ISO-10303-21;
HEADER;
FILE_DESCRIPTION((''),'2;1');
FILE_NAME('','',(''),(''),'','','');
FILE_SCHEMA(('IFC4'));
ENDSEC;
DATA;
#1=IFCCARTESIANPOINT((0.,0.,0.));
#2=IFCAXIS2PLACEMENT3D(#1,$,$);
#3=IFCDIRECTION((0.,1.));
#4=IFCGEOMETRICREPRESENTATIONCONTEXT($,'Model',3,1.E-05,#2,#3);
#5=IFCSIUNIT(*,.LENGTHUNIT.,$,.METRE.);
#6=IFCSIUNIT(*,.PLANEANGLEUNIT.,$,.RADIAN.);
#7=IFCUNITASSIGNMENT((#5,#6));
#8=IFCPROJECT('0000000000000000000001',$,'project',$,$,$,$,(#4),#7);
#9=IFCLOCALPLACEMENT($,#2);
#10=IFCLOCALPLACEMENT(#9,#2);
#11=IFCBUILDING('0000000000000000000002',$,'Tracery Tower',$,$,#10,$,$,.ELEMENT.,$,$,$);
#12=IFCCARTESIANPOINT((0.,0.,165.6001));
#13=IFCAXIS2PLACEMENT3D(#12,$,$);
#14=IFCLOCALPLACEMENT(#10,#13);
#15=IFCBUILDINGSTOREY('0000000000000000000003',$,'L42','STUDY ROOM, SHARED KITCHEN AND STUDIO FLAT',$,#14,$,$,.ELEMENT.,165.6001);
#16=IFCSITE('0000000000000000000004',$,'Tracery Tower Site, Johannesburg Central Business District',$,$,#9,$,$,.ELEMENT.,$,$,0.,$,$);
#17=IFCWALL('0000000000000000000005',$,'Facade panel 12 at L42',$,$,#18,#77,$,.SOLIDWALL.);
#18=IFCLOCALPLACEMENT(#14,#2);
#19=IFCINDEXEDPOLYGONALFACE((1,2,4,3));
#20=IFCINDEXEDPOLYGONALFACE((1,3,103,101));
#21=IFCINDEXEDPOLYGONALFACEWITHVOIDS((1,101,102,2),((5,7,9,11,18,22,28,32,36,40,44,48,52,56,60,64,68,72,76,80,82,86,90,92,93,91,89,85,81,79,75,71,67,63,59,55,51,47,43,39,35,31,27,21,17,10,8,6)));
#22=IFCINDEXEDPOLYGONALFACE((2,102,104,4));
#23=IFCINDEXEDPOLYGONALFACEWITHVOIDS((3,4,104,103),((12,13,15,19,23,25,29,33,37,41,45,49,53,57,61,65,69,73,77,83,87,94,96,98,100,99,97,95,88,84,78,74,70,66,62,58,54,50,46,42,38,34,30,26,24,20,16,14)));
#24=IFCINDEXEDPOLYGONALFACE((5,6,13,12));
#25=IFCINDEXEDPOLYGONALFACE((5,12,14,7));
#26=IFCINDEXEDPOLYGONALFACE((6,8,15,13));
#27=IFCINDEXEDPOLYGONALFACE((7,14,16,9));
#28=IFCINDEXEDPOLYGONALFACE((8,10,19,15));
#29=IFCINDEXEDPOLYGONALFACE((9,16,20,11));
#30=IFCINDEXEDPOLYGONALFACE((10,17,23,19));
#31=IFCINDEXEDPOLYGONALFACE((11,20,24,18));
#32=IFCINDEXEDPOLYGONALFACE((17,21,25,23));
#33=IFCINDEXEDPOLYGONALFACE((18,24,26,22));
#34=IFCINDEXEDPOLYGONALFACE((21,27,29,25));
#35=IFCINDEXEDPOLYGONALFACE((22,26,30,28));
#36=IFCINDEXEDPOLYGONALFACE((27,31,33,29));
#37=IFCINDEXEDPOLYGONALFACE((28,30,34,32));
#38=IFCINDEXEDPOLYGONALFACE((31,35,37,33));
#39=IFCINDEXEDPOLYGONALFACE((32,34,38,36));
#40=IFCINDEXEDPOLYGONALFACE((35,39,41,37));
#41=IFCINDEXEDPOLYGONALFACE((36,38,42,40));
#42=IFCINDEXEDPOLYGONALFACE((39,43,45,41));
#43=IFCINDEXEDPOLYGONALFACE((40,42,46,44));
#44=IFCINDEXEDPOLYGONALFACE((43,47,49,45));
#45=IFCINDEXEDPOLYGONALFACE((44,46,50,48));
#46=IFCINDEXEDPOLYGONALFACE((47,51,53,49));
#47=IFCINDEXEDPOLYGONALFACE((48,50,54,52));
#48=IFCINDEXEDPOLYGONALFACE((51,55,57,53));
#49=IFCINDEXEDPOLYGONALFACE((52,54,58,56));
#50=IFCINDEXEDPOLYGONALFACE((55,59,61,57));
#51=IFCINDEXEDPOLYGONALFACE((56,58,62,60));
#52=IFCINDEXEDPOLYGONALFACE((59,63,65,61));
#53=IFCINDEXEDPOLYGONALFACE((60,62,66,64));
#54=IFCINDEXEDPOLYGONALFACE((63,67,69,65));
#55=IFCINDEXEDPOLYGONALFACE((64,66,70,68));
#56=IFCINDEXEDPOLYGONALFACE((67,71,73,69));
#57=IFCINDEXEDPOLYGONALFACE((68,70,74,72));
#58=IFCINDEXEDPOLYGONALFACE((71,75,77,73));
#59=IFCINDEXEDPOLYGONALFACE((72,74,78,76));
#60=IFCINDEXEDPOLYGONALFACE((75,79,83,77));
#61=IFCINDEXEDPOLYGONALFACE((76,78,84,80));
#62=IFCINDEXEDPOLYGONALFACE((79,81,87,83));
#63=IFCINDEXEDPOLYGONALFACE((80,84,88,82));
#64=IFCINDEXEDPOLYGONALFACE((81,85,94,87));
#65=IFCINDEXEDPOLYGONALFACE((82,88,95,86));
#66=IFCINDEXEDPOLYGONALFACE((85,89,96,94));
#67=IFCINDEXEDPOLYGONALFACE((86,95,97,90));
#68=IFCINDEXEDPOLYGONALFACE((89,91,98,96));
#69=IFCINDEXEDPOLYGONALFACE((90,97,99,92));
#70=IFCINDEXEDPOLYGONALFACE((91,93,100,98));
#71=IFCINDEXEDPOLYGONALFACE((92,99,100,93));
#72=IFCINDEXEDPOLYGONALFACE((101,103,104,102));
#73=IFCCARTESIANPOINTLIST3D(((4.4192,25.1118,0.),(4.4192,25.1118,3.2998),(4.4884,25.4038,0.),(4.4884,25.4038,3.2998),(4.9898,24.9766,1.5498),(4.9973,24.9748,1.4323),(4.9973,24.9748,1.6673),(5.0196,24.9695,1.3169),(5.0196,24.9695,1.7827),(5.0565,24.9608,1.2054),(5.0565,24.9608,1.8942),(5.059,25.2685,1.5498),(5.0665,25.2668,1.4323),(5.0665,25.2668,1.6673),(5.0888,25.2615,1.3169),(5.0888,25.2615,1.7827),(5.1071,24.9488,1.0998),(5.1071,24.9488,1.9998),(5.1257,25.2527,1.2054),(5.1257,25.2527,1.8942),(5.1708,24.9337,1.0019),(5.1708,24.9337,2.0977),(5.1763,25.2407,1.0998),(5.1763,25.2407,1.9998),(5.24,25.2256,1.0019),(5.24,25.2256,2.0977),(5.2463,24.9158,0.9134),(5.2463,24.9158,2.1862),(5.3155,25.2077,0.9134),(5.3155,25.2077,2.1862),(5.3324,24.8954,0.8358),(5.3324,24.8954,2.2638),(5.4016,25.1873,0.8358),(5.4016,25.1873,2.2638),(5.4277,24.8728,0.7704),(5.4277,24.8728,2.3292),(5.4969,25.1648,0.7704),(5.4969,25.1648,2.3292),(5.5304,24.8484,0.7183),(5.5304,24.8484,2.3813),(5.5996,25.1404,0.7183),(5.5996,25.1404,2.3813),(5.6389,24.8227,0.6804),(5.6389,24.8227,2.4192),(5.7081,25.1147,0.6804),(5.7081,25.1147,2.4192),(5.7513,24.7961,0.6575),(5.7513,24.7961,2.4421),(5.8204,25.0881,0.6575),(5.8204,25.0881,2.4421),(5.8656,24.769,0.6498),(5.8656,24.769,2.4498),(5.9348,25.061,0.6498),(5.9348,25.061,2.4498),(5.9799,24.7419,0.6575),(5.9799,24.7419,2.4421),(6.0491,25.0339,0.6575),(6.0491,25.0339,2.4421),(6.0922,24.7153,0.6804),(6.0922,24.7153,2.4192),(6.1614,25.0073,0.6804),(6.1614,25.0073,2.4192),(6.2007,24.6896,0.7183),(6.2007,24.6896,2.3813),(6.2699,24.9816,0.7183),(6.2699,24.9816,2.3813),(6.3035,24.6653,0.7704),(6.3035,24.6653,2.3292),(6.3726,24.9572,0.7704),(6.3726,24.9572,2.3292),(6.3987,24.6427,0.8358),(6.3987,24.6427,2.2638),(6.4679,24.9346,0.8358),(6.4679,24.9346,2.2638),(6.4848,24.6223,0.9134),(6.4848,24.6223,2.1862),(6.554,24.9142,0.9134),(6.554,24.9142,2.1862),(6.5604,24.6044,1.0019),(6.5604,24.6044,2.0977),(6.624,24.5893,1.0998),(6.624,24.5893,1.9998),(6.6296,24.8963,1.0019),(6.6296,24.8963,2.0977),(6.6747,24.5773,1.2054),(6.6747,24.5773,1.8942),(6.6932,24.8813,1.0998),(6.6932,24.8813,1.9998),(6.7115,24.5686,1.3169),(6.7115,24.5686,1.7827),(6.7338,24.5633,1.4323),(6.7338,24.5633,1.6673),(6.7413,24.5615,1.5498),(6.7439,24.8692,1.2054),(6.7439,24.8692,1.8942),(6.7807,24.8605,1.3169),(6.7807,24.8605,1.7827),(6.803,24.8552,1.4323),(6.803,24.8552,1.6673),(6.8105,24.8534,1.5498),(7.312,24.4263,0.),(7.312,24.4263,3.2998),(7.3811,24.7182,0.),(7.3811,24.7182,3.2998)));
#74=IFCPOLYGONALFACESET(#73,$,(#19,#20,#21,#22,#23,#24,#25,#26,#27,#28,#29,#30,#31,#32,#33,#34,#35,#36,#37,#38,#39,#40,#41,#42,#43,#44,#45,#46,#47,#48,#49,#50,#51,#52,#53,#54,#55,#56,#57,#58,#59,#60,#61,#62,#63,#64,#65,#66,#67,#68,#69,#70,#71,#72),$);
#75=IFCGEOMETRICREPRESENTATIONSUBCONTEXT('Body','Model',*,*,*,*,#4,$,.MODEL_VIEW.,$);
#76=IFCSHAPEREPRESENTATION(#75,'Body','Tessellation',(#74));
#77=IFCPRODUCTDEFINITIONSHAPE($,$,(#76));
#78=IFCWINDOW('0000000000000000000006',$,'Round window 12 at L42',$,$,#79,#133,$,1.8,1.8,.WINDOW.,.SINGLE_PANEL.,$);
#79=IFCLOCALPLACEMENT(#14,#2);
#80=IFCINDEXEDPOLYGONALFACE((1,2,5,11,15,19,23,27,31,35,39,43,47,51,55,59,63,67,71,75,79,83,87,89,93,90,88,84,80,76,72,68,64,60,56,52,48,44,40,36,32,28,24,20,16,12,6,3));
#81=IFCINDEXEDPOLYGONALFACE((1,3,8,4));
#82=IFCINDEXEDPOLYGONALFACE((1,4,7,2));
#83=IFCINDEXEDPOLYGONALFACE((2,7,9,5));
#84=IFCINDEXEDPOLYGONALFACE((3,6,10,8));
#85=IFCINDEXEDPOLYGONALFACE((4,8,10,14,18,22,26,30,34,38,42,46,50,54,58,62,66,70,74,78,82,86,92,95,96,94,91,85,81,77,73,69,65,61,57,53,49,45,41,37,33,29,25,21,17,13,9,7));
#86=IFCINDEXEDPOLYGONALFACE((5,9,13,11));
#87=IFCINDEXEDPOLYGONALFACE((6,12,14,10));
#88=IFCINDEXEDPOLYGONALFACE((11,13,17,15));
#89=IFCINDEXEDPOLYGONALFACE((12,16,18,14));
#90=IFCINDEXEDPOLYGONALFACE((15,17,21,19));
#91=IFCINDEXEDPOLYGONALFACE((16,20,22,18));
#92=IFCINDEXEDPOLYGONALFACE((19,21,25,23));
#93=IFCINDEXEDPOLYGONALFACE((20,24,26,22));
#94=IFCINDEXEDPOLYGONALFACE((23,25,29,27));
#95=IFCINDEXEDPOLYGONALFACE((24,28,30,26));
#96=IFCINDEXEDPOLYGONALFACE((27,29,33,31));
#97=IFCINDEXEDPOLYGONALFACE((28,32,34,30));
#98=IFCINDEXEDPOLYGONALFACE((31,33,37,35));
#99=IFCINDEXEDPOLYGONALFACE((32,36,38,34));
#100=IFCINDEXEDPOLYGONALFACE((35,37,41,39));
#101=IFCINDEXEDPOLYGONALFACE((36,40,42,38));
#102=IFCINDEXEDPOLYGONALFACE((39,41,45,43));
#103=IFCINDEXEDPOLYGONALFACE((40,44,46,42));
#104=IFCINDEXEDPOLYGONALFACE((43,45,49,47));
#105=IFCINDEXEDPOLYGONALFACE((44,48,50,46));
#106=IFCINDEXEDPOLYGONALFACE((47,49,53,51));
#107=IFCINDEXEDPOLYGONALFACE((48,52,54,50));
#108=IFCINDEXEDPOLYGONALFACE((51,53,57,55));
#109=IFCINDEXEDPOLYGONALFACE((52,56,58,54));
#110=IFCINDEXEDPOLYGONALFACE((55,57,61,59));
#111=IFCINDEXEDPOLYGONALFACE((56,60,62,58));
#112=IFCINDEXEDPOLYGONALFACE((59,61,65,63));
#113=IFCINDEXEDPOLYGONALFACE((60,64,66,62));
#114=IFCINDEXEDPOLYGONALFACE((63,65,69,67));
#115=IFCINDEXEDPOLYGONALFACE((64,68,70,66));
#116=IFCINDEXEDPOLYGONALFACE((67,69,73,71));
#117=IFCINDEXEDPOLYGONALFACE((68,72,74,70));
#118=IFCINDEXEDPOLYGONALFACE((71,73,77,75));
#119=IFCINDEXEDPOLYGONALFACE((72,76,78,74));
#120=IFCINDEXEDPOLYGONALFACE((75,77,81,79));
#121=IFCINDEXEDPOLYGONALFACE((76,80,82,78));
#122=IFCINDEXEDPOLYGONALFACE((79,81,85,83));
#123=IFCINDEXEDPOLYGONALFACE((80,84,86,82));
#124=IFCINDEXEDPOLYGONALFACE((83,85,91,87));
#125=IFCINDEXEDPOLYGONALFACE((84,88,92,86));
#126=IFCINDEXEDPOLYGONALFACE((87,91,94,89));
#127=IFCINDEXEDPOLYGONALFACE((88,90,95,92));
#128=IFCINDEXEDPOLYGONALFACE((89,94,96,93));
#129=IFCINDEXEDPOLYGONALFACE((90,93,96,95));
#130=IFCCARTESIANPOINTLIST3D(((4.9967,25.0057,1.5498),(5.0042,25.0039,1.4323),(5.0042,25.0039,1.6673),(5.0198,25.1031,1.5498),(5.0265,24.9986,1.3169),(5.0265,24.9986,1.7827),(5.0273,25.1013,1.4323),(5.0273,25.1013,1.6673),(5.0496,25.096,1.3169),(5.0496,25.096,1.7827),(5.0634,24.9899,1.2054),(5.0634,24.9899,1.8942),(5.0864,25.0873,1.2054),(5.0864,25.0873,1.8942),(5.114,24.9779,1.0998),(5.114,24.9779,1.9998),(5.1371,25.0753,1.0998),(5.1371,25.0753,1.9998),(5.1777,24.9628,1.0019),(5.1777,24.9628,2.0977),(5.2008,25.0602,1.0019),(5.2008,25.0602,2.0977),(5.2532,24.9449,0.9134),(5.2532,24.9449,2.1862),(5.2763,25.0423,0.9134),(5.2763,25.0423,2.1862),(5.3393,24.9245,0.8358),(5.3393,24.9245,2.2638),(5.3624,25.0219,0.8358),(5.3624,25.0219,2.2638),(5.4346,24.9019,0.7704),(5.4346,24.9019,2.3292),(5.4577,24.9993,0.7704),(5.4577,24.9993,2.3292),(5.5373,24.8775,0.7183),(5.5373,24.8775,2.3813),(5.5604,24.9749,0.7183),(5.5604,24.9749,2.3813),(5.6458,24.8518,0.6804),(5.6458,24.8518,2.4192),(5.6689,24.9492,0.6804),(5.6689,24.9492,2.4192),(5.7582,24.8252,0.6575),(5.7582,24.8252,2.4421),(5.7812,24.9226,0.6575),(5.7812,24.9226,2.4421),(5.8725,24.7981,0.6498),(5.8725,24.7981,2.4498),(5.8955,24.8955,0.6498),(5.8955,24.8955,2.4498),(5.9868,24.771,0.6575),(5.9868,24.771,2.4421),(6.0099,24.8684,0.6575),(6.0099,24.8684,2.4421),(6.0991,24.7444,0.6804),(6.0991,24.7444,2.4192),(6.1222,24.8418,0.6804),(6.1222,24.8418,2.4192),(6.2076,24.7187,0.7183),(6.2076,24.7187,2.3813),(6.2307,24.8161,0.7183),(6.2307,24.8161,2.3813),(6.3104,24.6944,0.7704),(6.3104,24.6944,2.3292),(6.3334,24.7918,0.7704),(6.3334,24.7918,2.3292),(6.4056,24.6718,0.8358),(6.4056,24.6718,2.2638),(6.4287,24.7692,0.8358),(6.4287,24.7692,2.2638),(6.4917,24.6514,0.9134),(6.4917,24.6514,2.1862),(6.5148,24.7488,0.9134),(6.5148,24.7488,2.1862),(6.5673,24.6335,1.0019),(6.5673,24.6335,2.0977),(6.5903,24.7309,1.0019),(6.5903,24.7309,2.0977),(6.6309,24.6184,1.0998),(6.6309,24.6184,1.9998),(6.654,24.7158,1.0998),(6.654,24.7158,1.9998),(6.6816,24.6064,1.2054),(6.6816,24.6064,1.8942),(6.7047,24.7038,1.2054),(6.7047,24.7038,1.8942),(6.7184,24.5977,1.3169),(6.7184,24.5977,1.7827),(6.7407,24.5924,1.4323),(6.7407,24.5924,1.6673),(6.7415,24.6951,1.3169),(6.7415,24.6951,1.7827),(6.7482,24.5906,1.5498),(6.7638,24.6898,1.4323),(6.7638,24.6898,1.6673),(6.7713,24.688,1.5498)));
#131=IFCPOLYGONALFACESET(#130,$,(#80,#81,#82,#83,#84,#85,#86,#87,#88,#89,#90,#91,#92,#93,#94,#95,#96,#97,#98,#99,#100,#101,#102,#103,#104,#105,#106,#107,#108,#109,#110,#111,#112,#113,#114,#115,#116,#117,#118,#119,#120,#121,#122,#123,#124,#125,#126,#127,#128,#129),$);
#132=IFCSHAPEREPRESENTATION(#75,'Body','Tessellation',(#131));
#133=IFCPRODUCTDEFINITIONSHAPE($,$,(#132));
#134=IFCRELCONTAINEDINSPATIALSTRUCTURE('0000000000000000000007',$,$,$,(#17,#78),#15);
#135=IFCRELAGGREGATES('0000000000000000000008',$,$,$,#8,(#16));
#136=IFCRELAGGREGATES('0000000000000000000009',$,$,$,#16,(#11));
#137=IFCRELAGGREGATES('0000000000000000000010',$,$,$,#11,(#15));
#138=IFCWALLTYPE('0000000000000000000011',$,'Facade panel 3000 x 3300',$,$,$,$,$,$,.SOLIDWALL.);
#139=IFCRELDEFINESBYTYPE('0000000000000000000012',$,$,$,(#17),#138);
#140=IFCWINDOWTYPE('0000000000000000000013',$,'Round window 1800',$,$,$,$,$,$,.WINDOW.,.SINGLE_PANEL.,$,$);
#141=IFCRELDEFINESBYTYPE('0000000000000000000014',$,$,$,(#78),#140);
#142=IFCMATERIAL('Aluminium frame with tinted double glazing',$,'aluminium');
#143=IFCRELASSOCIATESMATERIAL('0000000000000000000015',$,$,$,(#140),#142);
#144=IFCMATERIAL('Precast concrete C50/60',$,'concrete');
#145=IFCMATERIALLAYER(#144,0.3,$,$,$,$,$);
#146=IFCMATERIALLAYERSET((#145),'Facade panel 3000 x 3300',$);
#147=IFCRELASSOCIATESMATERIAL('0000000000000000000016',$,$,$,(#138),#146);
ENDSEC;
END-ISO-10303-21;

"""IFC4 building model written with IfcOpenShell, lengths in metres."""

from ifc_helpers import new_model, si_unit, direction, frame, frame_2d, origin, origin_2d, place, context, subcontext, project, spatial, rectangle, circle, extrude, material, layer, layer_set, type_object, element, fill, save


model = new_model("IFC4")

# Units and contexts
model_context = context("Model", 3, precision=1e-05, world=origin(), true_north=direction((0.0, 1.0)))
body_context = subcontext(model_context, "Body", "Model", "MODEL_VIEW")
ifc_project = project(units=[si_unit("LENGTHUNIT", "METRE"), si_unit("PLANEANGLEUNIT", "RADIAN")], contexts=[model_context])

# Site, building, storey
site_placement = place(None, origin())
site = spatial("IfcSite", under=ifc_project, at=site_placement, Name="Tracery Tower Site, Johannesburg Central Business District", CompositionType="ELEMENT", RefElevation=0.0)
building_placement = place(site_placement, origin())
building = spatial("IfcBuilding", under=site, at=building_placement, Name="Tracery Tower", CompositionType="ELEMENT")
storey_placement = place(building_placement, frame((0.0, 0.0, 165.6001)))
storey = spatial("IfcBuildingStorey", under=building, at=storey_placement, Name="L42", Description="STUDY ROOM, SHARED KITCHEN AND STUDIO FLAT", CompositionType="ELEMENT", Elevation=165.6001)

# Wall, opening, window
ifc_material_1 = material(Name="Aluminium frame with tinted double glazing", Category="aluminium")
window_type = type_object("IfcWindowType", Name="Round window 1800", PartitioningType="SINGLE_PANEL", PredefinedType="WINDOW", material=ifc_material_1)
ifc_material_2 = material(Name="Precast concrete C50/60", Category="concrete")
ifc_layer_1 = layer(ifc_material_2, 0.3)
ifc_layer_set_1 = layer_set([ifc_layer_1], Name="Facade panel 3000 x 3300")
wall_type_1 = type_object("IfcWallType", Name="Facade panel 3000 x 3300", PredefinedType="SOLIDWALL", material=ifc_layer_set_1)
wall_1_placement = place(storey_placement, frame((7.3464, 24.5723, 0.0), z_axis=(0.0, 0.0, 1.0), x_axis=(-0.97305, 0.230595, 0.0)))
wall_1 = element("IfcWall", 1, at=wall_1_placement, inside=storey, type_object=wall_type_1, Name="Facade panel 12 at L42", PredefinedType="SOLIDWALL", context=body_context, shape_type="SweptSolid", body=[
    extrude(rectangle(XDim=2.9729, YDim=0.3, at=frame_2d((1.4863, 0.0))), origin(), (0.0, 0.0, 1.0), 3.2998),
])
opening_1_placement = place(wall_1_placement, frame((1.4863, 0.0, 1.5498)))
opening_1 = element("IfcOpeningElement", 2, at=opening_1_placement, cuts=wall_1, PredefinedType="OPENING", context=body_context, shape_type="SweptSolid", body=[
    extrude(circle(Radius=0.9, at=origin_2d()), frame((0.0, 0.1599, 0.0), z_axis=(0.0, -1.0, 0.0), x_axis=(1.0, 0.0, 0.0)), (0.0, 0.0, 1.0), 0.3201),
])
window_1_placement = place(opening_1_placement, origin())
window_1 = element("IfcWindow", 3, at=window_1_placement, inside=storey, type_object=window_type, Name="Round window 12 at L42", OverallHeight=1.8, OverallWidth=1.8, PartitioningType="SINGLE_PANEL", PredefinedType="WINDOW", context=body_context, shape_type="SweptSolid", body=[
    extrude(circle(Radius=0.9, at=origin_2d()), frame((0.0, 0.1201, 0.0), z_axis=(0.0, -1.0, 0.0), x_axis=(1.0, 0.0, 0.0)), (0.0, 0.0, 1.0), 0.1001),
])
fill(opening_1, window_1)

save(model, "model.ifc")
